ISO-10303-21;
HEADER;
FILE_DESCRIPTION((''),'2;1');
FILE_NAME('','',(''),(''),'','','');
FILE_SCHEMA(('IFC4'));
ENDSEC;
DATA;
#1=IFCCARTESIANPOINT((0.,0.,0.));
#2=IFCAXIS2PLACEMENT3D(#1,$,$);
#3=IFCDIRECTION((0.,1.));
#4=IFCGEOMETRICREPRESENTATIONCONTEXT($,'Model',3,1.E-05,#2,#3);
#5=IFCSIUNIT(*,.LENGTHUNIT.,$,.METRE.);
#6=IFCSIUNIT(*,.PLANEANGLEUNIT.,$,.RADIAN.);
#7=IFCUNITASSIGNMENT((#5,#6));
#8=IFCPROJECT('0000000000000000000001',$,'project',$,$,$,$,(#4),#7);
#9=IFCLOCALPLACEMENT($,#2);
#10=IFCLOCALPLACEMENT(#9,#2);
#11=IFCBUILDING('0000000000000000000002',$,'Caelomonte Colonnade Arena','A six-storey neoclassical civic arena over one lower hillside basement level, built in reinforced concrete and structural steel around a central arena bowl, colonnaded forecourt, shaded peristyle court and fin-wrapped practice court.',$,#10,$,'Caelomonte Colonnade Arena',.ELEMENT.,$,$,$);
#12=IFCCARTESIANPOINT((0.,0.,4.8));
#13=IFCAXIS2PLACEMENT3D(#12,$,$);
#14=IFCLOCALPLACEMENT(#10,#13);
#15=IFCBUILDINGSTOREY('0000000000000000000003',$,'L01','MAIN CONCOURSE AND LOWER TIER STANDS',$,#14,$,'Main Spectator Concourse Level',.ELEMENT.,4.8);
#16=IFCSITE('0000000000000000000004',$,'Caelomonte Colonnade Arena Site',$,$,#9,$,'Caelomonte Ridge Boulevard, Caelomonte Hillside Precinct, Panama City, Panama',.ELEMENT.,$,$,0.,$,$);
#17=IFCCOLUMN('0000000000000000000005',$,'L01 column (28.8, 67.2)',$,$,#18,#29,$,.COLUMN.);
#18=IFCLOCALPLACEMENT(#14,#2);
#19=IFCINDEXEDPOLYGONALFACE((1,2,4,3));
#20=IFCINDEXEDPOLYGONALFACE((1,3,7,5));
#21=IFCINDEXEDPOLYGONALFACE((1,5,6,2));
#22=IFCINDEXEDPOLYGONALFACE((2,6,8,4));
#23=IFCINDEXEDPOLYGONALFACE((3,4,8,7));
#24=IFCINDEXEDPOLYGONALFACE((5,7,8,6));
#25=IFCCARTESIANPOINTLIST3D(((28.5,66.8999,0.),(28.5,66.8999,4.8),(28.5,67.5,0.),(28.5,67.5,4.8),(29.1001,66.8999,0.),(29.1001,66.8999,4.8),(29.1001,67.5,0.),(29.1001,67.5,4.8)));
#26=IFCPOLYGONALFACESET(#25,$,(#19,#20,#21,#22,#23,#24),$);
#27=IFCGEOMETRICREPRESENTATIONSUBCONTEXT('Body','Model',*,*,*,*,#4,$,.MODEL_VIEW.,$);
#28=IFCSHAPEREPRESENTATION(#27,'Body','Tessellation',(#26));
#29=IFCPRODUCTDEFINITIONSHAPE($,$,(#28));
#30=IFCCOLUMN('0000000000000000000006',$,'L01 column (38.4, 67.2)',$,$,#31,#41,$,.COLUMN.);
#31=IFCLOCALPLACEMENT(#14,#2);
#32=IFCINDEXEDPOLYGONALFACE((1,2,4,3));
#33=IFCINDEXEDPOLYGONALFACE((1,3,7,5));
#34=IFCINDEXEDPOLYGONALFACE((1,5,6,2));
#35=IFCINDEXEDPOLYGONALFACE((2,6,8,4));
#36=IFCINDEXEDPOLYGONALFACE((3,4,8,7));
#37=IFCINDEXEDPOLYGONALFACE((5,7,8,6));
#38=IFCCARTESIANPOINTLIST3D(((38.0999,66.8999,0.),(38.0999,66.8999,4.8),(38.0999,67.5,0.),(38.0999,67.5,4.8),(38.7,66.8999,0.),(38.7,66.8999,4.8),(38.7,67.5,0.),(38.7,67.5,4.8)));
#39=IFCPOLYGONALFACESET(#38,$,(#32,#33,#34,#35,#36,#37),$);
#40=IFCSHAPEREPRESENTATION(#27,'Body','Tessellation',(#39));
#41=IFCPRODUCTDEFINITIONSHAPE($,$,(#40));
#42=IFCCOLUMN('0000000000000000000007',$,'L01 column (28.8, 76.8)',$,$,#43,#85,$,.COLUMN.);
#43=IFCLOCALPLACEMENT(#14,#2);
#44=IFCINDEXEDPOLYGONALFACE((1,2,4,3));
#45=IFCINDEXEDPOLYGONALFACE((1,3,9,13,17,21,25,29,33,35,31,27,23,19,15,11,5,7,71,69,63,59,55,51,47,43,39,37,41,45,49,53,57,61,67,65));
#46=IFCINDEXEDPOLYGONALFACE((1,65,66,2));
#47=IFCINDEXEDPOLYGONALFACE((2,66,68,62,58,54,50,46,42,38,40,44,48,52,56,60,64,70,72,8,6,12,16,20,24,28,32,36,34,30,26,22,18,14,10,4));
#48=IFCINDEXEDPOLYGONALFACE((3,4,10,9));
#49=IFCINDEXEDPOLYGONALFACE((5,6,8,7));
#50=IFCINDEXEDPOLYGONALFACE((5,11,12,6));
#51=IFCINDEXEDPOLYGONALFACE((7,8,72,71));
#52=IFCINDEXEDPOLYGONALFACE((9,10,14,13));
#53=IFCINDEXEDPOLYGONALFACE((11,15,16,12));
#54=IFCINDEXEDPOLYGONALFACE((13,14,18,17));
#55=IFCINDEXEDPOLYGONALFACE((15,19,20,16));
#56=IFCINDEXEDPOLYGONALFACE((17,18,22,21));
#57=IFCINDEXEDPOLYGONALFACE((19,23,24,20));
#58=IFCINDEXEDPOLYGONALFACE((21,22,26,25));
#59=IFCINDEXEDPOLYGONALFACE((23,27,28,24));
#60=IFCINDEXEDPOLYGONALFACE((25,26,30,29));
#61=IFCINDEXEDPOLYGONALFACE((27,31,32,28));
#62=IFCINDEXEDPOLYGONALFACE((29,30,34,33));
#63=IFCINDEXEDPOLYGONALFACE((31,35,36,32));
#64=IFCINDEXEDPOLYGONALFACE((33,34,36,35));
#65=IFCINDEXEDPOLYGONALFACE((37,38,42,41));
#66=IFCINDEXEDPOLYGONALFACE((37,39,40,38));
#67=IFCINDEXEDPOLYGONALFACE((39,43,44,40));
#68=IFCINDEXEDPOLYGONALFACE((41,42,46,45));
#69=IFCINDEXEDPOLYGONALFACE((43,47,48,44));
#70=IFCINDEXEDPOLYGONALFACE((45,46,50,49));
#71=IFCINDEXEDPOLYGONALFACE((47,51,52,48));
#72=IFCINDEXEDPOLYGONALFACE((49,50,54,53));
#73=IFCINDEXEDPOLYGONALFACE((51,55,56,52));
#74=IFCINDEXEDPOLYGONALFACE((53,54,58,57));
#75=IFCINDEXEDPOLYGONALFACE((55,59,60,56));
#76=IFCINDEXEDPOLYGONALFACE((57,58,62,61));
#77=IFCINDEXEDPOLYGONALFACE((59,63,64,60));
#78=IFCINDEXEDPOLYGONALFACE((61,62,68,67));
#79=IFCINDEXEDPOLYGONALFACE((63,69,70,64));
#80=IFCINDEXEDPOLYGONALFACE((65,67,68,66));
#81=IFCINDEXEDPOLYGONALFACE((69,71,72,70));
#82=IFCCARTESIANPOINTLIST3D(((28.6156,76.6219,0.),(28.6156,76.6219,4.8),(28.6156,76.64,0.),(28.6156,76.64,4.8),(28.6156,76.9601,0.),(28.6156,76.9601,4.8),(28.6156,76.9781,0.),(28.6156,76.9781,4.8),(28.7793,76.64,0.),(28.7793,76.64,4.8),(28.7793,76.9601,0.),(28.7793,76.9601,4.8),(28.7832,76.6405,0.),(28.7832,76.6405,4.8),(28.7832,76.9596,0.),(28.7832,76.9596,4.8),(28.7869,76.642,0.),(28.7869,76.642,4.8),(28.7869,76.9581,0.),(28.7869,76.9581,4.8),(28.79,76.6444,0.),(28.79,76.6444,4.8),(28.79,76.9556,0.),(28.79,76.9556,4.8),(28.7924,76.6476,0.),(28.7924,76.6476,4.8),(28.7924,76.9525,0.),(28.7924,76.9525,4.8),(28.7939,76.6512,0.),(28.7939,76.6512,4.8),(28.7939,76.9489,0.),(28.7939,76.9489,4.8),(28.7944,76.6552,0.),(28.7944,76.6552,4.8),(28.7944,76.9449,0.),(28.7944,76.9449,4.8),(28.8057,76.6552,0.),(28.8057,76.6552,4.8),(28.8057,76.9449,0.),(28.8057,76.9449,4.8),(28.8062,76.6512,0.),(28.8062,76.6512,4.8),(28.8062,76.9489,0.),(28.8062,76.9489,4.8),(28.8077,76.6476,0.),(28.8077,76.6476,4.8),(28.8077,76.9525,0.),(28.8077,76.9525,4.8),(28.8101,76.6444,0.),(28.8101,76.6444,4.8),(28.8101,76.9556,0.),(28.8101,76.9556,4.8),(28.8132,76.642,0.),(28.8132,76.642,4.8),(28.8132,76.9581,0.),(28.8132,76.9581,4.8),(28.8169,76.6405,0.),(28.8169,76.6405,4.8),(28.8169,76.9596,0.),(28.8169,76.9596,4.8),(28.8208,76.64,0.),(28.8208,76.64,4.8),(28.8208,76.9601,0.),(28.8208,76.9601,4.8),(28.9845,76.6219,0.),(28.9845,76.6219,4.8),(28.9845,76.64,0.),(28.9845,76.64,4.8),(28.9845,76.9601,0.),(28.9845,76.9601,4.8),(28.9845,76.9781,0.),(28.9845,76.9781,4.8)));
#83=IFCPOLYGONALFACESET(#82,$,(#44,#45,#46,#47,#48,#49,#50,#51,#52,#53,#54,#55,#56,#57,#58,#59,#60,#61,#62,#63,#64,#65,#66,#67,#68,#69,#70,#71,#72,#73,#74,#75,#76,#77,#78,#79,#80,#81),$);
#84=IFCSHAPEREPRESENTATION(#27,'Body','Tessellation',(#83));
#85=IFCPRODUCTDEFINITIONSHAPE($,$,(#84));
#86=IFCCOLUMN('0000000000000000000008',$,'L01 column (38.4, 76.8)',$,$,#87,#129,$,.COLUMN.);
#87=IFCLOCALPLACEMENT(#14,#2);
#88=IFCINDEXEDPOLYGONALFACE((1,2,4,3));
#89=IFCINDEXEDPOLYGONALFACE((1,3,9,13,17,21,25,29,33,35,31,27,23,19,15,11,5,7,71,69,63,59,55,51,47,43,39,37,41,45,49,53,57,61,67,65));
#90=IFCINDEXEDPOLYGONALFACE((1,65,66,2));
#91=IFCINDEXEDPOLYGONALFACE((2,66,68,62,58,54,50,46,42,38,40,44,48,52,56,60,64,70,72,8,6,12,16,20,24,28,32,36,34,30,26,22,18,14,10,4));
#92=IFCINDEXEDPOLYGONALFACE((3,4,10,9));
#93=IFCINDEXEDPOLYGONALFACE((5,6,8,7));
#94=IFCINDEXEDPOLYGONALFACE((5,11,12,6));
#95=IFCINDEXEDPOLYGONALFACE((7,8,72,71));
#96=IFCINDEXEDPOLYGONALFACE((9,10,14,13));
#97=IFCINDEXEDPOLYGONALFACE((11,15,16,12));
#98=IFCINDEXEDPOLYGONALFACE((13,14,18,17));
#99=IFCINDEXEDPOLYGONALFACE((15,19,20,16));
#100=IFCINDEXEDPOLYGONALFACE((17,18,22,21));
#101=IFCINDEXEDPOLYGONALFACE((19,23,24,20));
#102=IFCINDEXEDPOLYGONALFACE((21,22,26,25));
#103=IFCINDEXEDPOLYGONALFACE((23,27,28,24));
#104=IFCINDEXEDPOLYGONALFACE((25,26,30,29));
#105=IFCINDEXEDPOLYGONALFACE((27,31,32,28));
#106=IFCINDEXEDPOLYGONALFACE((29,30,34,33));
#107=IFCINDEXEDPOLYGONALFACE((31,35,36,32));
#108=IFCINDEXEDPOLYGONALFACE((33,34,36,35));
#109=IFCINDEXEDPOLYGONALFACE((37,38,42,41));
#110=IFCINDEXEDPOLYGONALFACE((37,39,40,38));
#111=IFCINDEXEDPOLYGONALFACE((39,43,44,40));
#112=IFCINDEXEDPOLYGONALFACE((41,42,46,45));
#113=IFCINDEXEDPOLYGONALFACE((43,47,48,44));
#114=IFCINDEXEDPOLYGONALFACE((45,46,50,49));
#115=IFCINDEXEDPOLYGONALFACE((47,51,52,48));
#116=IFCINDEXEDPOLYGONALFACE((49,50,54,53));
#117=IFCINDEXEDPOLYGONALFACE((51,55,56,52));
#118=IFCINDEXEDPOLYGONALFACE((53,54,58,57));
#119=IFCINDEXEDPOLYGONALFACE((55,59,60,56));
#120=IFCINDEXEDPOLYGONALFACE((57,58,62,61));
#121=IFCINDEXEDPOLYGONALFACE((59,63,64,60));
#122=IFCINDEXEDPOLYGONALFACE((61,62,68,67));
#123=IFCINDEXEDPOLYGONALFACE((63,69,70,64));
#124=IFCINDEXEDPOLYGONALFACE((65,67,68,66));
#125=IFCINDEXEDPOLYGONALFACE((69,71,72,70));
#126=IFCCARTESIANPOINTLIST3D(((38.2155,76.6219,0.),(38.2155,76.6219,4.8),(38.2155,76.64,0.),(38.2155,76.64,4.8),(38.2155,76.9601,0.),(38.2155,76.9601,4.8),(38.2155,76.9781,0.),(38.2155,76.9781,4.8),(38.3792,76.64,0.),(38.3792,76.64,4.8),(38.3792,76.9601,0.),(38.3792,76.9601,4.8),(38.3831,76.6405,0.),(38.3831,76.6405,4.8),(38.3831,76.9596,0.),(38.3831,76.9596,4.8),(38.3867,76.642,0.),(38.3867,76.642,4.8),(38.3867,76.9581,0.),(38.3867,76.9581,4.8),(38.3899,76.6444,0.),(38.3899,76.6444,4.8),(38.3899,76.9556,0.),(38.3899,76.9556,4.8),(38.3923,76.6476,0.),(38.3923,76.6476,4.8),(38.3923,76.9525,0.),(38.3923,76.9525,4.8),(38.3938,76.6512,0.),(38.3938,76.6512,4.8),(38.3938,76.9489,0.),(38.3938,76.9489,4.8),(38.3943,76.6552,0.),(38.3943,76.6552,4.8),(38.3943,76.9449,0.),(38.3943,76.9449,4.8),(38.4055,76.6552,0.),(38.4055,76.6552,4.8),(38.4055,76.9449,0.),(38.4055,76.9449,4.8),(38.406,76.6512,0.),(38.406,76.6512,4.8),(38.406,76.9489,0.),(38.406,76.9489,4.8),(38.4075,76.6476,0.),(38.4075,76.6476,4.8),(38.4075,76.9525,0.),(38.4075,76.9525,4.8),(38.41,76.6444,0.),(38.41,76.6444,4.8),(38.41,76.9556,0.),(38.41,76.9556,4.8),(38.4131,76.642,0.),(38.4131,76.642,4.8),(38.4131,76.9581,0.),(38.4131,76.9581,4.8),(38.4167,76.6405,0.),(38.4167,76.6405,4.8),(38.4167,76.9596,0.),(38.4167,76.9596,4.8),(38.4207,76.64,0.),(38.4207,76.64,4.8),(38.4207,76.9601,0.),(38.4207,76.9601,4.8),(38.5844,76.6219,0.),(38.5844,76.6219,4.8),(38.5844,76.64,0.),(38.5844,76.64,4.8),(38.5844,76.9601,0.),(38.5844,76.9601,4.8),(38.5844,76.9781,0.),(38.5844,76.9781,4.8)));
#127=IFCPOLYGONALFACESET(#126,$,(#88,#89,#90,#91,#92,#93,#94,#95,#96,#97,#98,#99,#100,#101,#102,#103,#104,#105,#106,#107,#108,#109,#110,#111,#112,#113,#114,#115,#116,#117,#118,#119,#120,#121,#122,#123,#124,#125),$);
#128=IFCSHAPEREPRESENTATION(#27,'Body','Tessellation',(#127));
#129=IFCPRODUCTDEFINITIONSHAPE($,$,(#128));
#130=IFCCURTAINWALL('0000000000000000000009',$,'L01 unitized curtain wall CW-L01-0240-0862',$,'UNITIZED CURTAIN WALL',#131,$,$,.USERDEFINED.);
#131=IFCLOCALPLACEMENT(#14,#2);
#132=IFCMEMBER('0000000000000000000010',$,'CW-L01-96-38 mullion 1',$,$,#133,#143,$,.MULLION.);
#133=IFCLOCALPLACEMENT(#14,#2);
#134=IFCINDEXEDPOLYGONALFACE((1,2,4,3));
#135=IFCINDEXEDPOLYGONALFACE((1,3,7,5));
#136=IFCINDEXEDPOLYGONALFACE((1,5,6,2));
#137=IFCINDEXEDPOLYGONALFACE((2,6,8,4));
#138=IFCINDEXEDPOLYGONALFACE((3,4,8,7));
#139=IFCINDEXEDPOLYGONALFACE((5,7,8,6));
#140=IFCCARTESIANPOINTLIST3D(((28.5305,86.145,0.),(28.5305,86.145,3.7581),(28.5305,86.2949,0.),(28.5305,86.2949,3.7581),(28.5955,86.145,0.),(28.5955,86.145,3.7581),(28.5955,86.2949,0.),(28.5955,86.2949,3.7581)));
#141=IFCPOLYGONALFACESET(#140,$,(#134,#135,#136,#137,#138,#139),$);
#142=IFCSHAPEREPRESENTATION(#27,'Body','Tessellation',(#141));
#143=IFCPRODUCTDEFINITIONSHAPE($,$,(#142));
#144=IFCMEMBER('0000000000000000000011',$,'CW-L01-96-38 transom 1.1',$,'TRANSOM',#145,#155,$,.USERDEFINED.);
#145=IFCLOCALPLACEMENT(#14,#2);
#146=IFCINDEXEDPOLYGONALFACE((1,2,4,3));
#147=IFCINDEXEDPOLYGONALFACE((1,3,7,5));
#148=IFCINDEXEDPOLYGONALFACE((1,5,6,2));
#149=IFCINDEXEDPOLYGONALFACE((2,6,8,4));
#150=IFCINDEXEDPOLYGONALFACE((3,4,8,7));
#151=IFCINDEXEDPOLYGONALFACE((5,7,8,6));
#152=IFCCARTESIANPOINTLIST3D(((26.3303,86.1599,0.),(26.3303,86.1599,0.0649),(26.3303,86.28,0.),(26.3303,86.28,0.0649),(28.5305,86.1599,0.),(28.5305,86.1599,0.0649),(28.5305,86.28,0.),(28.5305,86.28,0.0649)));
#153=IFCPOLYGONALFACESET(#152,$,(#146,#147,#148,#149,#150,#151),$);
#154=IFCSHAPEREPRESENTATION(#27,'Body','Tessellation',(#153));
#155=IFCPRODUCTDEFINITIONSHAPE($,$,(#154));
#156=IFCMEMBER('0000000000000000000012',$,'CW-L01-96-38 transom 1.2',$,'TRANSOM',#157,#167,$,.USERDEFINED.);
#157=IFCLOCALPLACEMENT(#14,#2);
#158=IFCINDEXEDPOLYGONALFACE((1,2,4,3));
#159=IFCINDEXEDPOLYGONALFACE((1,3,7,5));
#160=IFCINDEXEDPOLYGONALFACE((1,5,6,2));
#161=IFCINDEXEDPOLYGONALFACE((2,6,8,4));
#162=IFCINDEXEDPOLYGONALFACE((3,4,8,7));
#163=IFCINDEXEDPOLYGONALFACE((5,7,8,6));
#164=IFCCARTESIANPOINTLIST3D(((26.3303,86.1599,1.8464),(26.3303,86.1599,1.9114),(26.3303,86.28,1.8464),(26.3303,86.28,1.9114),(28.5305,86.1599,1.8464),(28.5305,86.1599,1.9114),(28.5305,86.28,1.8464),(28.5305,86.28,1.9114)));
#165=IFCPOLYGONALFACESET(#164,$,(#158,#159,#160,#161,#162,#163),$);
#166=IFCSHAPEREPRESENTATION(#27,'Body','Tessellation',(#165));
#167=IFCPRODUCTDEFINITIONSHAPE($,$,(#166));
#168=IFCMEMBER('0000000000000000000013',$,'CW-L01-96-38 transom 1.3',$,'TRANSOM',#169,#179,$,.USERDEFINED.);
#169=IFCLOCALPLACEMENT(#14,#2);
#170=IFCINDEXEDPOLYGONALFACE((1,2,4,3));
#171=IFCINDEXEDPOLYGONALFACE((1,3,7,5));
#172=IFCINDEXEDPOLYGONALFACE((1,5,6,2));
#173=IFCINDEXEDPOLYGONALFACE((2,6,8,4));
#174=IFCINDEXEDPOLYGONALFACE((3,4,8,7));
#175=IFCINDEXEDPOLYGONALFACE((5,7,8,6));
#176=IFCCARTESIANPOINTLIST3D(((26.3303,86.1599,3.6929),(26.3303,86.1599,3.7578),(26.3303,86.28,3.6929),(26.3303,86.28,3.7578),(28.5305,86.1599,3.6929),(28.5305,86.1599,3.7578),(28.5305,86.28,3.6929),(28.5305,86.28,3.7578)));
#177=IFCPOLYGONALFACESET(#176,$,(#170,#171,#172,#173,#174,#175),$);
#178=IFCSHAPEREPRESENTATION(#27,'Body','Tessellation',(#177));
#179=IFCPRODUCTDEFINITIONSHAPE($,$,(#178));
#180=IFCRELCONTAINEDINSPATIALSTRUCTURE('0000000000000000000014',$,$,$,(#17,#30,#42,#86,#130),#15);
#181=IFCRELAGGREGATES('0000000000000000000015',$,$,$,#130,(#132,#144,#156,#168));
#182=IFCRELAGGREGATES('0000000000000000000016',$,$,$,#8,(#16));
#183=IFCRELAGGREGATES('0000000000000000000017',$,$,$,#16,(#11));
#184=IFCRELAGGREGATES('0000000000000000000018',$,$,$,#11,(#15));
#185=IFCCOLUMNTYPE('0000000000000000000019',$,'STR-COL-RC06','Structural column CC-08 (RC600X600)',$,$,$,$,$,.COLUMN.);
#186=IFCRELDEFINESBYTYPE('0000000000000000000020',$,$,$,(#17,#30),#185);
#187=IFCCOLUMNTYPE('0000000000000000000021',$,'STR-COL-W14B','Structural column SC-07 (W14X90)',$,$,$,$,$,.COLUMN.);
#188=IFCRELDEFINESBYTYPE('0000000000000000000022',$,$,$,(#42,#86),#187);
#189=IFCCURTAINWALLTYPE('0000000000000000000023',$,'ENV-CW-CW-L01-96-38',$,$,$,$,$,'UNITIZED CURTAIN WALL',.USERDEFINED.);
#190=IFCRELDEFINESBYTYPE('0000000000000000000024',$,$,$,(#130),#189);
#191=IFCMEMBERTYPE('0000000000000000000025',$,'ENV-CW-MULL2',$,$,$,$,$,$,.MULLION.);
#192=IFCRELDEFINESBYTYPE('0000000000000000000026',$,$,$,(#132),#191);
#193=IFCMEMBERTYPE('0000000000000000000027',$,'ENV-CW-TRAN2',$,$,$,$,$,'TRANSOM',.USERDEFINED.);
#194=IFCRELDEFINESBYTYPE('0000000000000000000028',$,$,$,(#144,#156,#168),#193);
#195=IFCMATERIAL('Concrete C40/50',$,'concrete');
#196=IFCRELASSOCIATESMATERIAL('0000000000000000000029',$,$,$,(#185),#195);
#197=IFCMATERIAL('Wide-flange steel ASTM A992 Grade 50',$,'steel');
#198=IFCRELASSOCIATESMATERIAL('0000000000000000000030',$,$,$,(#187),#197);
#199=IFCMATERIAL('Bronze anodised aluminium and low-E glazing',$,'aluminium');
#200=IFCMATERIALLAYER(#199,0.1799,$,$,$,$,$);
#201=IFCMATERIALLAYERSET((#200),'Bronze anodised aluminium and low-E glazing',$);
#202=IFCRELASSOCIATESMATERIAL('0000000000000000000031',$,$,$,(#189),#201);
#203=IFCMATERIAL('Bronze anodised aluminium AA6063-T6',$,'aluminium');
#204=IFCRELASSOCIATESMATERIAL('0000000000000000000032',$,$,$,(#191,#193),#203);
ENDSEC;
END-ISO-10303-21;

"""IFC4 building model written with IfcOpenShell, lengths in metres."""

from ifc_helpers import new_model, si_unit, direction, frame, origin, origin_2d, place, context, subcontext, project, spatial, rectangle, i_section, extrude, material, layer, layer_set, material_profile, profile_set, type_object, element, aggregate, save


model = new_model("IFC4")

# Units and contexts
model_context = context("Model", 3, precision=1e-05, world=origin(), true_north=direction((0.0, 1.0)))
body_context = subcontext(model_context, "Body", "Model", "MODEL_VIEW")
ifc_project = project(units=[si_unit("LENGTHUNIT", "METRE"), si_unit("PLANEANGLEUNIT", "RADIAN")], contexts=[model_context])

# Site, building, storey
site_placement = place(None, origin())
site = spatial("IfcSite", under=ifc_project, at=site_placement, Name="Caelomonte Colonnade Arena Site", LongName="Caelomonte Ridge Boulevard, Caelomonte Hillside Precinct, Panama City, Panama", CompositionType="ELEMENT", RefElevation=0.0)
building_placement = place(site_placement, origin())
building = spatial("IfcBuilding", under=site, at=building_placement, Name="Caelomonte Colonnade Arena", Description="A six-storey neoclassical civic arena over one lower hillside basement level, built in reinforced concrete and structural steel around a central arena bowl, colonnaded forecourt, shaded peristyle court and fin-wrapped practice court.", LongName="Caelomonte Colonnade Arena", CompositionType="ELEMENT")
storey_placement = place(building_placement, frame((0.0, 0.0, 4.8)))
storey = spatial("IfcBuildingStorey", under=building, at=storey_placement, Name="L01", Description="MAIN CONCOURSE AND LOWER TIER STANDS", LongName="Main Spectator Concourse Level", CompositionType="ELEMENT", Elevation=4.8)

# Columns
ifc_material_1 = material(Name="Concrete C40/50", Category="concrete")
ifc_material_profile_1 = material_profile(ifc_material_1, rectangle(XDim=0.6001, YDim=0.6001, at=origin_2d()), Name="RC600X600")
ifc_profile_set_1 = profile_set([ifc_material_profile_1], Name="Concrete C40/50")
column_type_1 = type_object("IfcColumnType", Name="STR-COL-RC06", Description="Structural column CC-08 (RC600X600)", PredefinedType="COLUMN", material=ifc_profile_set_1)
for number, where, z_axis, x_axis, name in (
    (1, (28.8, 67.2, 0.0), (0.0, 0.0, 1.0), (1.0, 0.0, 0.0), "L01 column (28.8, 67.2)"),
    (2, (38.3999, 67.2, 0.0), (0.0, 0.0, 1.0), (1.0, 0.0, 0.0), "L01 column (38.4, 67.2)"),
):
    element("IfcColumn", number, at=place(storey_placement, frame(where, z_axis=z_axis, x_axis=x_axis)), inside=storey, type_object=column_type_1, Name=name, PredefinedType="COLUMN", context=body_context, shape_type="SweptSolid", body=[
        extrude(rectangle(XDim=0.6001, YDim=0.6001, at=origin_2d()), origin(), (0.0, 0.0, 1.0), 4.8),
    ])
ifc_material_2 = material(Name="Wide-flange steel ASTM A992 Grade 50", Category="steel")
ifc_material_profile_2 = material_profile(ifc_material_2, i_section(OverallWidth=0.3689, OverallDepth=0.3562, WebThickness=0.0112, FlangeThickness=0.0181, FilletRadius=0.0151, at=origin_2d()), Name="W14X90")
ifc_profile_set_2 = profile_set([ifc_material_profile_2], Name="Wide-flange steel ASTM A992 Grade 50")
column_type_2 = type_object("IfcColumnType", Name="STR-COL-W14B", Description="Structural column SC-07 (W14X90)", PredefinedType="COLUMN", material=ifc_profile_set_2)
for number, where, z_axis, x_axis, name in (
    (3, (28.8, 76.8, 0.0), (0.0, 0.0, 1.0), (1.0, 0.0, 0.0), "L01 column (28.8, 76.8)"),
    (4, (38.3999, 76.8, 0.0), (0.0, 0.0, 1.0), (1.0, 0.0, 0.0), "L01 column (38.4, 76.8)"),
):
    element("IfcColumn", number, at=place(storey_placement, frame(where, z_axis=z_axis, x_axis=x_axis)), inside=storey, type_object=column_type_2, Name=name, PredefinedType="COLUMN", context=body_context, shape_type="SweptSolid", body=[
        extrude(i_section(OverallWidth=0.3689, OverallDepth=0.3562, WebThickness=0.0112, FlangeThickness=0.0181, FilletRadius=0.0151, at=origin_2d()), origin(), (0.0, 0.0, 1.0), 4.8),
    ])

# Curtain wall, members
ifc_material_3 = material(Name="Bronze anodised aluminium and low-E glazing", Category="aluminium")
ifc_layer = layer(ifc_material_3, 0.1799)
ifc_layer_set = layer_set([ifc_layer], Name="Bronze anodised aluminium and low-E glazing")
curtain_wall_type = type_object("IfcCurtainWallType", Name="ENV-CW-CW-L01-96-38", ElementType="UNITIZED CURTAIN WALL", PredefinedType="USERDEFINED", material=ifc_layer_set)
curtain_wall_placement = place(storey_placement, origin())
curtain_wall = element("IfcCurtainWall", 5, at=curtain_wall_placement, inside=storey, type_object=curtain_wall_type, Name="L01 unitized curtain wall CW-L01-0240-0862", ObjectType="UNITIZED CURTAIN WALL", PredefinedType="USERDEFINED")
ifc_material_4 = material(Name="Bronze anodised aluminium AA6063-T6", Category="aluminium")
ifc_material_profile_3 = material_profile(ifc_material_4, rectangle(XDim=0.0649, YDim=0.1499, at=origin_2d()), Name="CWM-65X150")
ifc_profile_set_3 = profile_set([ifc_material_profile_3], Name="Bronze anodised aluminium AA6063-T6")
member_type_1 = type_object("IfcMemberType", Name="ENV-CW-MULL2", PredefinedType="MULLION", material=ifc_profile_set_3)
member_1_placement = place(storey_placement, frame((28.563, 86.22, 0.0), z_axis=(0.0, 0.0, 1.0), x_axis=(-1.0, 0.0, 0.0)))
member_1 = element("IfcMember", 6, at=member_1_placement, type_object=member_type_1, Name="CW-L01-96-38 mullion 1", PredefinedType="MULLION", context=body_context, shape_type="SweptSolid", body=[
    extrude(rectangle(XDim=0.0649, YDim=0.1499, at=origin_2d()), origin(), (0.0, 0.0, 1.0), 3.7581),
])
ifc_material_profile_4 = material_profile(ifc_material_4, rectangle(XDim=0.0649, YDim=0.1201, at=origin_2d()), Name="CWT-65X120")
ifc_profile_set_4 = profile_set([ifc_material_profile_4], Name="Bronze anodised aluminium AA6063-T6")
member_type_2 = type_object("IfcMemberType", Name="ENV-CW-TRAN2", ElementType="TRANSOM", PredefinedType="USERDEFINED", material=ifc_profile_set_4)
member_2_placement = place(storey_placement, frame((28.5305, 86.22, 0.0325), z_axis=(-1.0, 0.0, 0.0), x_axis=(0.0, 0.0, 1.0)))
member_2 = element("IfcMember", 7, at=member_2_placement, type_object=member_type_2, Name="CW-L01-96-38 transom 1.1", ObjectType="TRANSOM", PredefinedType="USERDEFINED", context=body_context, shape_type="SweptSolid", body=[
    extrude(rectangle(XDim=0.0649, YDim=0.1201, at=origin_2d()), origin(), (0.0, 0.0, 1.0), 2.2002),
])
member_3_placement = place(storey_placement, frame((28.5305, 86.22, 1.8789), z_axis=(-1.0, 0.0, 0.0), x_axis=(0.0, 0.0, 1.0)))
member_3 = element("IfcMember", 8, at=member_3_placement, type_object=member_type_2, Name="CW-L01-96-38 transom 1.2", ObjectType="TRANSOM", PredefinedType="USERDEFINED", context=body_context, shape_type="SweptSolid", body=[
    extrude(rectangle(XDim=0.0649, YDim=0.1201, at=origin_2d()), origin(), (0.0, 0.0, 1.0), 2.2002),
])
member_4_placement = place(storey_placement, frame((28.5305, 86.22, 3.7253), z_axis=(-1.0, 0.0, 0.0), x_axis=(0.0, 0.0, 1.0)))
member_4 = element("IfcMember", 9, at=member_4_placement, type_object=member_type_2, Name="CW-L01-96-38 transom 1.3", ObjectType="TRANSOM", PredefinedType="USERDEFINED", context=body_context, shape_type="SweptSolid", body=[
    extrude(rectangle(XDim=0.0649, YDim=0.1201, at=origin_2d()), origin(), (0.0, 0.0, 1.0), 2.2002),
])
aggregate(curtain_wall, [member_1, member_2, member_3, member_4])

save(model, "model.ifc")
